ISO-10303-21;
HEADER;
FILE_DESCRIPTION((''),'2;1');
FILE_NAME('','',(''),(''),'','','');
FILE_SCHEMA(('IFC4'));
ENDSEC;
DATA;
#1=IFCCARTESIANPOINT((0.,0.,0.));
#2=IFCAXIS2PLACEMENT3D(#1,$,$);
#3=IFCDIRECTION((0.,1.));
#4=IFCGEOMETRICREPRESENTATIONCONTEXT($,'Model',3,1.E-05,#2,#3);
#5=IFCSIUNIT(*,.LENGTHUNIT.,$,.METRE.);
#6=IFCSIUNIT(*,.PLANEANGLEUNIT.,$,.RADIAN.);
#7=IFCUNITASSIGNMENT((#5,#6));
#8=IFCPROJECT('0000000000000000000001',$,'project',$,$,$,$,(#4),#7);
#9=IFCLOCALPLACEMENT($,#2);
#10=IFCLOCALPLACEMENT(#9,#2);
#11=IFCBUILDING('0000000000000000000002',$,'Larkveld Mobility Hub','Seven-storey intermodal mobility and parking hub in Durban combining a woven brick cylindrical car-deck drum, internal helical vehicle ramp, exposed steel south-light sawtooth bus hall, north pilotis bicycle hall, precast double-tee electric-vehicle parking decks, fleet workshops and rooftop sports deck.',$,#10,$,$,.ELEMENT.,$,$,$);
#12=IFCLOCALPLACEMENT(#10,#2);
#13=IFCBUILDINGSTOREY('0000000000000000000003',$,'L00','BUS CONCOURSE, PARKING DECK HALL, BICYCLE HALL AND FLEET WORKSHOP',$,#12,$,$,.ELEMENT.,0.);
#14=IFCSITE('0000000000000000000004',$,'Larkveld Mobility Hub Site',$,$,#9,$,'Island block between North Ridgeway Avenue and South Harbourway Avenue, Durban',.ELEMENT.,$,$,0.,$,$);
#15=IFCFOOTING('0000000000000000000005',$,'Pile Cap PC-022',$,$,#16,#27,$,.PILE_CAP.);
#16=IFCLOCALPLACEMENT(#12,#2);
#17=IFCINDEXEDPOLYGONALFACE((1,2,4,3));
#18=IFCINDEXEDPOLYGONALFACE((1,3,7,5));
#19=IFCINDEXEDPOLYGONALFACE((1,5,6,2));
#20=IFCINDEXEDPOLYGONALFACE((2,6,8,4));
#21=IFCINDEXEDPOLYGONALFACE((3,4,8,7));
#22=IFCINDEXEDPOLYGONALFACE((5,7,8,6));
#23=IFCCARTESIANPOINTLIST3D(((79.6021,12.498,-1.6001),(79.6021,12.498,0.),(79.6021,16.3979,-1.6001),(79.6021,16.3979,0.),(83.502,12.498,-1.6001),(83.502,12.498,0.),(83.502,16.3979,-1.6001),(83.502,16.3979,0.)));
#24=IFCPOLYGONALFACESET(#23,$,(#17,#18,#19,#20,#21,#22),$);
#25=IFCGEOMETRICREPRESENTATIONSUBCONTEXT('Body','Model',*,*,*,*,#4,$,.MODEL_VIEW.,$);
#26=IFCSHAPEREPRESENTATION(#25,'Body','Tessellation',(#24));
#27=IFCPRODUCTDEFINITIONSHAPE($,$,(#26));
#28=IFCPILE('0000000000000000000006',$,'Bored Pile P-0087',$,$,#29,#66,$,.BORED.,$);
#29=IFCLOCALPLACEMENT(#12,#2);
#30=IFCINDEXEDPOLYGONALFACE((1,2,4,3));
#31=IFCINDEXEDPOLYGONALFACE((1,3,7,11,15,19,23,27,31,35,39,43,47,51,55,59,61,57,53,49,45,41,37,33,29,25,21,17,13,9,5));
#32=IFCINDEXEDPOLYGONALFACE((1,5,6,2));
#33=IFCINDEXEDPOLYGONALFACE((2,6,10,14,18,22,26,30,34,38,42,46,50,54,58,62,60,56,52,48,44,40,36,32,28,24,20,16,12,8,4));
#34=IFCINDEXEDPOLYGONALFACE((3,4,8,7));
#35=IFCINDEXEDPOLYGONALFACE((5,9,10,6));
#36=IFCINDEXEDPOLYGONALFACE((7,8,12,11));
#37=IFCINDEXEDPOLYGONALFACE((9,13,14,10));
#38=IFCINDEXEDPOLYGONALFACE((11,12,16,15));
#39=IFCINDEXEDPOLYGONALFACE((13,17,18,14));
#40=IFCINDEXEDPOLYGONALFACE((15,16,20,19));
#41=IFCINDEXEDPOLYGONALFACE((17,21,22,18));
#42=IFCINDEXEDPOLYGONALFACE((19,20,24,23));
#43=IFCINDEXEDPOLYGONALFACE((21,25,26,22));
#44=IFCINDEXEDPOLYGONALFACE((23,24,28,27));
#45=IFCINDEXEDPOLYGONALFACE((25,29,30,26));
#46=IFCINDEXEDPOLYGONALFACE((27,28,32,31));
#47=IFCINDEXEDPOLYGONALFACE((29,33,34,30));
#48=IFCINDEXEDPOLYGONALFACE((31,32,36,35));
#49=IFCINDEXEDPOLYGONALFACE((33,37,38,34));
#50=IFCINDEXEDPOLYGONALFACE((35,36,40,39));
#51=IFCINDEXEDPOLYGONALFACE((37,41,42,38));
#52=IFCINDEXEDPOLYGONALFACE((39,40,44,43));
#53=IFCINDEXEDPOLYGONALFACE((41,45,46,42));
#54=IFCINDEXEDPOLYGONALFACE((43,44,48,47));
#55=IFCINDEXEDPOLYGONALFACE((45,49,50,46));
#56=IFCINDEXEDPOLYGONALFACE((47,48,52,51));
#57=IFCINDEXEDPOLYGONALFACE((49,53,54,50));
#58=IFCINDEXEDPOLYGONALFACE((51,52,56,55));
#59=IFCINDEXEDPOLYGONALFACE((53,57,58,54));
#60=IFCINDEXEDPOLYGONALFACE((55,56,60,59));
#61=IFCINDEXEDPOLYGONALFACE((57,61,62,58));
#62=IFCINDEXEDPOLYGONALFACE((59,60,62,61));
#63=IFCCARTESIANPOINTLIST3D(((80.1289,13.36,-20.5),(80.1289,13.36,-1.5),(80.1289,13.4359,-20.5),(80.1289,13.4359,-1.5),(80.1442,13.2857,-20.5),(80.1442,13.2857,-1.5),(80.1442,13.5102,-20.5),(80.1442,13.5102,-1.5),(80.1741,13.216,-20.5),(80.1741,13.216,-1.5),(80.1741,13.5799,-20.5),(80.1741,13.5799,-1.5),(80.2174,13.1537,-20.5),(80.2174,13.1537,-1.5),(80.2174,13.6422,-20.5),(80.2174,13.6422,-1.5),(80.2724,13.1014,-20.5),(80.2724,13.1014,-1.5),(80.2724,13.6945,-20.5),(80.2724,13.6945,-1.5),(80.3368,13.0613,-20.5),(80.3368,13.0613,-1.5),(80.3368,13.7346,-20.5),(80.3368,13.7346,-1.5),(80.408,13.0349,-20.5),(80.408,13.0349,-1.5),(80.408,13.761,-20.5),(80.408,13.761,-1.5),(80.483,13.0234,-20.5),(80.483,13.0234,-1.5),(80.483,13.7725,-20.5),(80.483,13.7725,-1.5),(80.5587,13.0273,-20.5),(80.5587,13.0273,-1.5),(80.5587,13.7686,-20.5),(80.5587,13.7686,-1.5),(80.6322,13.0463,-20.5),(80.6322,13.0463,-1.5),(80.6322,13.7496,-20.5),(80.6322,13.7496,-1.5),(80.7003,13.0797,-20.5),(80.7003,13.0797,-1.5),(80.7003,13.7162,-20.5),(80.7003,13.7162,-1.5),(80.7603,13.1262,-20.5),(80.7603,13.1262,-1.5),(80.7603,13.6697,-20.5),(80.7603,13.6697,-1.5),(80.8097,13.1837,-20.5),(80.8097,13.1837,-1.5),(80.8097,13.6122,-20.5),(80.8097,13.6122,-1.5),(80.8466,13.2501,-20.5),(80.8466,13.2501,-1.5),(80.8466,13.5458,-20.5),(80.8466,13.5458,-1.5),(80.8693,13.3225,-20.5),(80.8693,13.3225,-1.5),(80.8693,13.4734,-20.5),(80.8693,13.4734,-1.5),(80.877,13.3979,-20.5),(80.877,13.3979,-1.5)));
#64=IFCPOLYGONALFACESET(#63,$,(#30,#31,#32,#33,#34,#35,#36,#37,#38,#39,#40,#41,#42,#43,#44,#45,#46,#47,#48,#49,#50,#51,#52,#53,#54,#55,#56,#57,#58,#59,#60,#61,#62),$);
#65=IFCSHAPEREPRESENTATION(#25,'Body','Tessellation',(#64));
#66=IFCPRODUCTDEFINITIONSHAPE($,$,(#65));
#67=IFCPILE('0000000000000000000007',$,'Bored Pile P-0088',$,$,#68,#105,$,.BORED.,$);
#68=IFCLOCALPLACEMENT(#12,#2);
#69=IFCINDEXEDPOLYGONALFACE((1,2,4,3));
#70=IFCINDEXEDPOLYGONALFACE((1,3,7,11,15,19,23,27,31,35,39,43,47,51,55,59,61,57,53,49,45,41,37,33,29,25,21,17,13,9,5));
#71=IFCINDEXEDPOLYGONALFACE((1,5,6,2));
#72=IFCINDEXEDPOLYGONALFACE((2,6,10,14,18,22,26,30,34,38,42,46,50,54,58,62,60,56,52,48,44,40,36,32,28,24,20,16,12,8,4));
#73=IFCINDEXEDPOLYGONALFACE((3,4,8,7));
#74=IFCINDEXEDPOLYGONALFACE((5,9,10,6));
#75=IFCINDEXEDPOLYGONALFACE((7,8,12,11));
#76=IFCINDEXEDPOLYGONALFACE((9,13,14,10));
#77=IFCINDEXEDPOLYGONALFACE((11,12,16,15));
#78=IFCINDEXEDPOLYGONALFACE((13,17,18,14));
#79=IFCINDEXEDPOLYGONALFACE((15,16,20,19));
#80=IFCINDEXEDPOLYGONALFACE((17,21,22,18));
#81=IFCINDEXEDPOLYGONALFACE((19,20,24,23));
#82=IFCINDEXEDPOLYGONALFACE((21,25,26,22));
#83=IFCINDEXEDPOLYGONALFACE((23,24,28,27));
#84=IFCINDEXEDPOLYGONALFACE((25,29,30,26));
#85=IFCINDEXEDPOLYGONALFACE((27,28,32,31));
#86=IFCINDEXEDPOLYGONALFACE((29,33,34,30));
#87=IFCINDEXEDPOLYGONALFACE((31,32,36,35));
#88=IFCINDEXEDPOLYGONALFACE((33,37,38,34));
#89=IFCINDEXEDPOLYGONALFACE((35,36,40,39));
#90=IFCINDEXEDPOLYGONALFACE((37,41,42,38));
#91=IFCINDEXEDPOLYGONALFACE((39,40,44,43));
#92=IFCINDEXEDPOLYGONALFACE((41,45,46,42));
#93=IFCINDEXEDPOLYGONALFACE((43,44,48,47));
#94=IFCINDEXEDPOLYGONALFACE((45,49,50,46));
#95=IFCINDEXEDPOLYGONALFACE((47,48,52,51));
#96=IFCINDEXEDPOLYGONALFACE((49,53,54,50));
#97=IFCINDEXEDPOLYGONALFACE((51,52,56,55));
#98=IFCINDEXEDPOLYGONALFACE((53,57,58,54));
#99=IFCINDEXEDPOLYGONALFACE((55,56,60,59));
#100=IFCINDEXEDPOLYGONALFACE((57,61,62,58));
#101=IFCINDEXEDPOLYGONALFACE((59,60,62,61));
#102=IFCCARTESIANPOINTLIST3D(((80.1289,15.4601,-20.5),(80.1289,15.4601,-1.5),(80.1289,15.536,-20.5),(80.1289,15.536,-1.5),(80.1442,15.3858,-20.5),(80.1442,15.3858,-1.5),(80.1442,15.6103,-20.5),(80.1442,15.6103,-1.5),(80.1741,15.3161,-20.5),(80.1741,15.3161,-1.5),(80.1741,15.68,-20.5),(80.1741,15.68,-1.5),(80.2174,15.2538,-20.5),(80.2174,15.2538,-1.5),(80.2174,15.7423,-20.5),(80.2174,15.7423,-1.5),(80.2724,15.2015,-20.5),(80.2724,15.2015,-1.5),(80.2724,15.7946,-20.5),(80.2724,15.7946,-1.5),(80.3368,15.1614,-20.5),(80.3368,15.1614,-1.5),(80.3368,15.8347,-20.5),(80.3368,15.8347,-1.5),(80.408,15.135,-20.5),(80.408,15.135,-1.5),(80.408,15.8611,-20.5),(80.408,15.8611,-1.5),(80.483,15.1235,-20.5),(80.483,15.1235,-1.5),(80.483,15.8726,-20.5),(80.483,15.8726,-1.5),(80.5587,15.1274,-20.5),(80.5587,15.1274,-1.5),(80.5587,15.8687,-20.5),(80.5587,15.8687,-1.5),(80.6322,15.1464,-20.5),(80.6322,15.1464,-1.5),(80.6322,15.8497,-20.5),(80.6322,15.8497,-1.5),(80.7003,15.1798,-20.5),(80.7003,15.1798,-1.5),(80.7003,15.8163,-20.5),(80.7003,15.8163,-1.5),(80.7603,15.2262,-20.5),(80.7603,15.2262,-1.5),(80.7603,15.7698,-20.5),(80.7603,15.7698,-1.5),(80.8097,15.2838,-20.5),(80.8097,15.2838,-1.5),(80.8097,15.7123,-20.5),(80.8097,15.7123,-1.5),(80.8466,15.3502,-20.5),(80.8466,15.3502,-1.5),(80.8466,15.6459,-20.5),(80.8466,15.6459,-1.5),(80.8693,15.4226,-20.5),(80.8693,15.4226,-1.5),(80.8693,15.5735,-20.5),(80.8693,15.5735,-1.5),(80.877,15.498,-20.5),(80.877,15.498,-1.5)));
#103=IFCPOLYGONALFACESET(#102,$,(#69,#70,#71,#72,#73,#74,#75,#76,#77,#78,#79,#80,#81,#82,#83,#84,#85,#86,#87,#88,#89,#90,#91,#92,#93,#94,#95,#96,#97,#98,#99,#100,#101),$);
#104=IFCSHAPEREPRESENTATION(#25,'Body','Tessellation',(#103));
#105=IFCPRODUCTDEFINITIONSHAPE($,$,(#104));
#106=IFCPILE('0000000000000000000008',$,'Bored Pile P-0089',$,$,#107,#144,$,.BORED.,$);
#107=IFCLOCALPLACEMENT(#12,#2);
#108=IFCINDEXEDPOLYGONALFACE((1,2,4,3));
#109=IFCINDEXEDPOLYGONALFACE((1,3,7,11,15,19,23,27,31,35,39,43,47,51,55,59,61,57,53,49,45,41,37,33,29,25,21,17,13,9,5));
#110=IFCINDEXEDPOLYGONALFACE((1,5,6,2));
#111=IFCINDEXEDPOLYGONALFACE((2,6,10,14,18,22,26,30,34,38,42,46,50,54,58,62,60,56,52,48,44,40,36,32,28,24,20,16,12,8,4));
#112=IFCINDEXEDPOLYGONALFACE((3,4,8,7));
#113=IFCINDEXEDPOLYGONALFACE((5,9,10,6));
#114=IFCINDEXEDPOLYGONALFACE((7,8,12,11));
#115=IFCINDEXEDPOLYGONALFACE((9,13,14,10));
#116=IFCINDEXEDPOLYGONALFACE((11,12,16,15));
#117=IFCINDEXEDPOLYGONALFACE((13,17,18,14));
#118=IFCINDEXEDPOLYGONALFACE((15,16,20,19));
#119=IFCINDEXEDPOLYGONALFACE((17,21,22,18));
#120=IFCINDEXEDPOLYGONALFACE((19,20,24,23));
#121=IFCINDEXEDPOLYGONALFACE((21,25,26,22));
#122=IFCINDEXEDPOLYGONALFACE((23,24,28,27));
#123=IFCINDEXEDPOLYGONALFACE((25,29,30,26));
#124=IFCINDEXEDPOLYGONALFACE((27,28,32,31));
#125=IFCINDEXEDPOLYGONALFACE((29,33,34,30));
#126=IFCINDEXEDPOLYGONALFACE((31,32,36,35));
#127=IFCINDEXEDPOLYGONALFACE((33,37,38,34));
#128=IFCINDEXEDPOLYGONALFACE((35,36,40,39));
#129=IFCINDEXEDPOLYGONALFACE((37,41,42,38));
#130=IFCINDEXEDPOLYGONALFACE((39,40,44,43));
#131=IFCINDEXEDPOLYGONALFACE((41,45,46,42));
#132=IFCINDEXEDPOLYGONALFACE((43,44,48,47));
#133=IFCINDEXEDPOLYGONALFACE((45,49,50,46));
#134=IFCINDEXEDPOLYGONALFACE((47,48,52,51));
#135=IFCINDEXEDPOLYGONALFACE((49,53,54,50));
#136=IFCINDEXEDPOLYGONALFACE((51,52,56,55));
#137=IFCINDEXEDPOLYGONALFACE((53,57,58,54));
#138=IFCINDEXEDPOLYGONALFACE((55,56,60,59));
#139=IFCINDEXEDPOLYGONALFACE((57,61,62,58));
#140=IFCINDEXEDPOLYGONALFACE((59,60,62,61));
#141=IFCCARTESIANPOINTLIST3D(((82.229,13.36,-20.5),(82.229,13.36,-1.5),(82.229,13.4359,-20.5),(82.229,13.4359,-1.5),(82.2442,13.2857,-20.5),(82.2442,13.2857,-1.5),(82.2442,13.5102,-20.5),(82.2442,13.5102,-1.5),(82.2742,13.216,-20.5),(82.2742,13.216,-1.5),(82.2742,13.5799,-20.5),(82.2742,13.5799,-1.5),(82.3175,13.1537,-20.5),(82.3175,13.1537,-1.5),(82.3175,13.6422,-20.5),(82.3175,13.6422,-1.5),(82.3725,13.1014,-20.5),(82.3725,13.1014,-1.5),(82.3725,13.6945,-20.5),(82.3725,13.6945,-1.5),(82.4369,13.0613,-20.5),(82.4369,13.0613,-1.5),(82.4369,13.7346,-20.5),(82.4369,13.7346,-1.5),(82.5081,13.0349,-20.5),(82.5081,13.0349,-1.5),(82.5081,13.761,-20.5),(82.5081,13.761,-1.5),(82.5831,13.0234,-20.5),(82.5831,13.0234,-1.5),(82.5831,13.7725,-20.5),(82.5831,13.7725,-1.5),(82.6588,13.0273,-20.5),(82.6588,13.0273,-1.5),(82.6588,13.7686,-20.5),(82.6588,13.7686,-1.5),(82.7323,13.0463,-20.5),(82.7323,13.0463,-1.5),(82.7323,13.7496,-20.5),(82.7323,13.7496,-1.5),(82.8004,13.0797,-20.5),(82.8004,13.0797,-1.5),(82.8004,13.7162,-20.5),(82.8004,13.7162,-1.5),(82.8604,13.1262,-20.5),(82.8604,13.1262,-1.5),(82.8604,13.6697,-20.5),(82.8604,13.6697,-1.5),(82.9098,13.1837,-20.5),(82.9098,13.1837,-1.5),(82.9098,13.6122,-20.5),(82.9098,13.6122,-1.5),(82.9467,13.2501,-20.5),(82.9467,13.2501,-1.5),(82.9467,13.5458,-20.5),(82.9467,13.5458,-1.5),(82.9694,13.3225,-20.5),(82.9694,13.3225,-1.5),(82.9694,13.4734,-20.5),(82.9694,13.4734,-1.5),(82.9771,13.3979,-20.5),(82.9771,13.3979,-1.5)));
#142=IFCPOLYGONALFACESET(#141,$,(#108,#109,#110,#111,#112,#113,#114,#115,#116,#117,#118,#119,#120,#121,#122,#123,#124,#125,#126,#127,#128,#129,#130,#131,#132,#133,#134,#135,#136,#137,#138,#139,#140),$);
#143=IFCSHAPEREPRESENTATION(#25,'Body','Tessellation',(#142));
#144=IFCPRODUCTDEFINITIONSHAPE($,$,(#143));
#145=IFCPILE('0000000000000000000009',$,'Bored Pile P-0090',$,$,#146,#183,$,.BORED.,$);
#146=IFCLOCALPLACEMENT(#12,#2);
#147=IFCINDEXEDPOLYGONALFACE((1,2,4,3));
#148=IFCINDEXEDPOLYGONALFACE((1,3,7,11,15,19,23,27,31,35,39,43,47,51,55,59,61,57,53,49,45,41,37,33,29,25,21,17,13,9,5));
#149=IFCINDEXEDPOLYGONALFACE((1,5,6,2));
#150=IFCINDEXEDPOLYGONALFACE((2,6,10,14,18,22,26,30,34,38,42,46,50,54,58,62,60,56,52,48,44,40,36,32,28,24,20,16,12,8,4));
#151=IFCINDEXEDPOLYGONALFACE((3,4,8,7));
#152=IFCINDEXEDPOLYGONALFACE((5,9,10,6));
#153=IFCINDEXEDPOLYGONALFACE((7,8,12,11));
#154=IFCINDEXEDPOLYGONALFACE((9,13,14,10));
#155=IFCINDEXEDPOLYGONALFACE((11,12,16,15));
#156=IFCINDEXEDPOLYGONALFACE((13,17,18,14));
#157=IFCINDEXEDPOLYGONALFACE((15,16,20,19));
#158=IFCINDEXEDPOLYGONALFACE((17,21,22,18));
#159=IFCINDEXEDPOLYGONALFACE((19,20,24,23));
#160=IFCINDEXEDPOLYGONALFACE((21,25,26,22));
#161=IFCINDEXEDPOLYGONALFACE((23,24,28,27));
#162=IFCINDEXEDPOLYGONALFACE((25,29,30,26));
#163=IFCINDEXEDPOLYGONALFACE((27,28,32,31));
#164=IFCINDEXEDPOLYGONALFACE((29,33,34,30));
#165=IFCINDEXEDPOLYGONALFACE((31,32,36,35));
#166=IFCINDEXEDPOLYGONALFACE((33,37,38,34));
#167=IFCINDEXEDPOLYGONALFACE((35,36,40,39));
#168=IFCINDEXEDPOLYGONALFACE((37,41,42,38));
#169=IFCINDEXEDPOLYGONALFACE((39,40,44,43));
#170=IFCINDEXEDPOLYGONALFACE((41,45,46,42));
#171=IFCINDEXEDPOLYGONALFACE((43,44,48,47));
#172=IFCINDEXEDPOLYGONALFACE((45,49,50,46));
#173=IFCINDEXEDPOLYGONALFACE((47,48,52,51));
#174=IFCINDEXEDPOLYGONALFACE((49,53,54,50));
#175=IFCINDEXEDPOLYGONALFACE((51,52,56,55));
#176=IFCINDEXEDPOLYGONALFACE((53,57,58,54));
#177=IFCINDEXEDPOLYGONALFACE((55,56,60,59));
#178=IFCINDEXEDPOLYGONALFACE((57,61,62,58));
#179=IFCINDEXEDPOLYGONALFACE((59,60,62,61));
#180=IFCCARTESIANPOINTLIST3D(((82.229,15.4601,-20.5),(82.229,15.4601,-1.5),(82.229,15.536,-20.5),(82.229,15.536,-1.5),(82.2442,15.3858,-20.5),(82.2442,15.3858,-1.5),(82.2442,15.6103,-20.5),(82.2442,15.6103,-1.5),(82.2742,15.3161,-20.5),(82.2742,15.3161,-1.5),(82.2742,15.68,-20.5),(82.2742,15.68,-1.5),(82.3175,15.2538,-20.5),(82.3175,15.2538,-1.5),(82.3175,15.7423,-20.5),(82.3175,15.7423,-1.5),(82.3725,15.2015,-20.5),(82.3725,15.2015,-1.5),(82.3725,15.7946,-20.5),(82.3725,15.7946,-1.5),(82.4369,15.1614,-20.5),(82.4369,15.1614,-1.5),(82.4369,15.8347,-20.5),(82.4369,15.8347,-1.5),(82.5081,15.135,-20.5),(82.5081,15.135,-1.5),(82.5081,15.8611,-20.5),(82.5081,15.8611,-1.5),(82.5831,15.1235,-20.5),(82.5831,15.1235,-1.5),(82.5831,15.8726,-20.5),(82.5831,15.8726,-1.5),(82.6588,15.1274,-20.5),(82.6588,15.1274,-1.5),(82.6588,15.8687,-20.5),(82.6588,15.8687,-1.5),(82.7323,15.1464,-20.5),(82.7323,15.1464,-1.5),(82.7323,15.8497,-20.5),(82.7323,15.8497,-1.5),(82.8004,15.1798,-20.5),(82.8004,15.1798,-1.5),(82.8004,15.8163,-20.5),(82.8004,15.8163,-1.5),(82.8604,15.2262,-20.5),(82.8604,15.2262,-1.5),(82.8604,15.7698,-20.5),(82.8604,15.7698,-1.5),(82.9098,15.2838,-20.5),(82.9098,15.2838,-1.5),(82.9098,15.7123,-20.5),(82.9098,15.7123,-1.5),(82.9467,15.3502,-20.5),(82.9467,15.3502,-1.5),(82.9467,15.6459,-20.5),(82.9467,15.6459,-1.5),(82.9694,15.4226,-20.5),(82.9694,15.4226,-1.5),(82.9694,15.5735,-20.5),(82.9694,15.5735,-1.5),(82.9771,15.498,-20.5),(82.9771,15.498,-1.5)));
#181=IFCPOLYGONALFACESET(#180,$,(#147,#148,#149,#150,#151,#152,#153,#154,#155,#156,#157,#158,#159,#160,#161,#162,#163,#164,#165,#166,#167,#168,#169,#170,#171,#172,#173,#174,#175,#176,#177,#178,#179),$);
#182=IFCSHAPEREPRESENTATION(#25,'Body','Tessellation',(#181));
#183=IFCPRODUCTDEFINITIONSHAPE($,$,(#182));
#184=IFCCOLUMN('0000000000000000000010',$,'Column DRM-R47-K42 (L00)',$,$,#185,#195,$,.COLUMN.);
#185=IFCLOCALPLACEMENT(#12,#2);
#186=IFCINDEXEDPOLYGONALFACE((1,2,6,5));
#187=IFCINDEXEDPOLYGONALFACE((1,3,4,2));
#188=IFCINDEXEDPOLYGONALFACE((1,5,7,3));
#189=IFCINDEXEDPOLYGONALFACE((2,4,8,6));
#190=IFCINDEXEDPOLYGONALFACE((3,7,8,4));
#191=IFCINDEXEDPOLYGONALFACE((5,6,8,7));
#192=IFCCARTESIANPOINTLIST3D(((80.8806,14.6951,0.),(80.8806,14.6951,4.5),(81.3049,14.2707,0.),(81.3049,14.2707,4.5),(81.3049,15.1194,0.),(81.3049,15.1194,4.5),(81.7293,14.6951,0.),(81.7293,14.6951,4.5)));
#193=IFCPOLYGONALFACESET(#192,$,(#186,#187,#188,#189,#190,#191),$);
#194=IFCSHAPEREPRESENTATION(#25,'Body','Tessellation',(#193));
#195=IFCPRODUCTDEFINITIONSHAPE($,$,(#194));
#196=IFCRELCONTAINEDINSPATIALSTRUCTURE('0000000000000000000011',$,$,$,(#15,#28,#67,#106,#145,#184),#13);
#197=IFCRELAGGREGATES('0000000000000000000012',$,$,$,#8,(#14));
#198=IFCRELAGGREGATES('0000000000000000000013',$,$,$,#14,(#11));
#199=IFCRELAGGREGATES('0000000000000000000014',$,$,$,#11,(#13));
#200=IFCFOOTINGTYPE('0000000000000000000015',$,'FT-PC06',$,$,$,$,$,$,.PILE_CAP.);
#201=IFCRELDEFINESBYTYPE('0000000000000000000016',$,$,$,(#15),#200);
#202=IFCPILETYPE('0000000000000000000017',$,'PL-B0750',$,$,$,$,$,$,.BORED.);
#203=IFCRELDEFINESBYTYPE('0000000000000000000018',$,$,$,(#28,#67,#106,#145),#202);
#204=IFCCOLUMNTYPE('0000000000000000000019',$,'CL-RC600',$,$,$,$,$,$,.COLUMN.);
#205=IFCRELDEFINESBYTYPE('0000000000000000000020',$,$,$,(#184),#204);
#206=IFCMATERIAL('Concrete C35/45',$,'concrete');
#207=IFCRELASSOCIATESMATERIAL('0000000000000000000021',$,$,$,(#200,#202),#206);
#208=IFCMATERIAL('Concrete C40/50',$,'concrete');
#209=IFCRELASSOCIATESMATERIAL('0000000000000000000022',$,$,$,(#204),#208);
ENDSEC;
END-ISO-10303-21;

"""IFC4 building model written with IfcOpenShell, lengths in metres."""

from ifc_helpers import new_model, si_unit, direction, frame, origin, origin_2d, place, context, subcontext, project, spatial, rectangle, circle, extrude, material, material_profile, profile_set, type_object, element, save


model = new_model("IFC4")

# Units and contexts
model_context = context("Model", 3, precision=1e-05, world=origin(), true_north=direction((0.0, 1.0)))
body_context = subcontext(model_context, "Body", "Model", "MODEL_VIEW")
ifc_project = project(units=[si_unit("LENGTHUNIT", "METRE"), si_unit("PLANEANGLEUNIT", "RADIAN")], contexts=[model_context])

# Site, building, storey
site_placement = place(None, origin())
site = spatial("IfcSite", under=ifc_project, at=site_placement, Name="Larkveld Mobility Hub Site", LongName="Island block between North Ridgeway Avenue and South Harbourway Avenue, Durban", CompositionType="ELEMENT", RefElevation=0.0)
building_placement = place(site_placement, origin())
building = spatial("IfcBuilding", under=site, at=building_placement, Name="Larkveld Mobility Hub", Description="Seven-storey intermodal mobility and parking hub in Durban combining a woven brick cylindrical car-deck drum, internal helical vehicle ramp, exposed steel south-light sawtooth bus hall, north pilotis bicycle hall, precast double-tee electric-vehicle parking decks, fleet workshops and rooftop sports deck.", CompositionType="ELEMENT")
storey_placement = place(building_placement, origin())
storey = spatial("IfcBuildingStorey", under=building, at=storey_placement, Name="L00", Description="BUS CONCOURSE, PARKING DECK HALL, BICYCLE HALL AND FLEET WORKSHOP", CompositionType="ELEMENT", Elevation=0.0)

# Footing
ifc_material_1 = material(Name="Concrete C35/45", Category="concrete")
footing_type = type_object("IfcFootingType", Name="FT-PC06", PredefinedType="PILE_CAP", material=ifc_material_1)
footing_placement = place(storey_placement, frame((81.552, 14.448, -1.6001), z_axis=(0.0, 0.0, 1.0), x_axis=(1.0, 0.0, 0.0)))
element("IfcFooting", 1, at=footing_placement, inside=storey, type_object=footing_type, Name="Pile Cap PC-022", PredefinedType="PILE_CAP", context=body_context, shape_type="SweptSolid", body=[
    extrude(rectangle(XDim=3.8999, YDim=3.8999, at=origin_2d()), origin(), (0.0, 0.0, 1.0), 1.6001),
])

# Piles
ifc_material_profile_1 = material_profile(ifc_material_1, circle(Radius=0.375, at=origin_2d()), Name="PILE D750")
ifc_profile_set_1 = profile_set([ifc_material_profile_1], Name="Concrete C35/45")
pile_type = type_object("IfcPileType", Name="PL-B0750", PredefinedType="BORED", material=ifc_profile_set_1)
for number, where, z_axis, x_axis, name in (
    (2, (80.502, 13.3979, -1.5), (0.0, 0.0, -1.0), (1.0, 0.0, 0.0), "Bored Pile P-0087"),
    (3, (80.502, 15.498, -1.5), (0.0, 0.0, -1.0), (1.0, 0.0, 0.0), "Bored Pile P-0088"),
    (4, (82.6021, 13.3979, -1.5), (0.0, 0.0, -1.0), (1.0, 0.0, 0.0), "Bored Pile P-0089"),
    (5, (82.6021, 15.498, -1.5), (0.0, 0.0, -1.0), (1.0, 0.0, 0.0), "Bored Pile P-0090"),
):
    element("IfcPile", number, at=place(storey_placement, frame(where, z_axis=z_axis, x_axis=x_axis)), inside=storey, type_object=pile_type, Name=name, PredefinedType="BORED", context=body_context, shape_type="SweptSolid", body=[
        extrude(circle(Radius=0.375, at=origin_2d()), origin(), (0.0, 0.0, 1.0), 19.0),
    ])

# Column
ifc_material_2 = material(Name="Concrete C40/50", Category="concrete")
ifc_material_profile_2 = material_profile(ifc_material_2, rectangle(XDim=0.6001, YDim=0.6001, at=origin_2d()), Name="RC COL 600x600")
ifc_profile_set_2 = profile_set([ifc_material_profile_2], Name="Concrete C40/50")
column_type = type_object("IfcColumnType", Name="CL-RC600", PredefinedType="COLUMN", material=ifc_profile_set_2)
column_placement = place(storey_placement, frame((81.3049, 14.6951, 0.0), z_axis=(0.0, 0.0, 1.0), x_axis=(-0.707107, 0.707107, 0.0)))
element("IfcColumn", 6, at=column_placement, inside=storey, type_object=column_type, Name="Column DRM-R47-K42 (L00)", PredefinedType="COLUMN", context=body_context, shape_type="SweptSolid", body=[
    extrude(rectangle(XDim=0.6001, YDim=0.6001, at=origin_2d()), origin(), (0.0, 0.0, 1.0), 4.5),
])

save(model, "model.ifc")
